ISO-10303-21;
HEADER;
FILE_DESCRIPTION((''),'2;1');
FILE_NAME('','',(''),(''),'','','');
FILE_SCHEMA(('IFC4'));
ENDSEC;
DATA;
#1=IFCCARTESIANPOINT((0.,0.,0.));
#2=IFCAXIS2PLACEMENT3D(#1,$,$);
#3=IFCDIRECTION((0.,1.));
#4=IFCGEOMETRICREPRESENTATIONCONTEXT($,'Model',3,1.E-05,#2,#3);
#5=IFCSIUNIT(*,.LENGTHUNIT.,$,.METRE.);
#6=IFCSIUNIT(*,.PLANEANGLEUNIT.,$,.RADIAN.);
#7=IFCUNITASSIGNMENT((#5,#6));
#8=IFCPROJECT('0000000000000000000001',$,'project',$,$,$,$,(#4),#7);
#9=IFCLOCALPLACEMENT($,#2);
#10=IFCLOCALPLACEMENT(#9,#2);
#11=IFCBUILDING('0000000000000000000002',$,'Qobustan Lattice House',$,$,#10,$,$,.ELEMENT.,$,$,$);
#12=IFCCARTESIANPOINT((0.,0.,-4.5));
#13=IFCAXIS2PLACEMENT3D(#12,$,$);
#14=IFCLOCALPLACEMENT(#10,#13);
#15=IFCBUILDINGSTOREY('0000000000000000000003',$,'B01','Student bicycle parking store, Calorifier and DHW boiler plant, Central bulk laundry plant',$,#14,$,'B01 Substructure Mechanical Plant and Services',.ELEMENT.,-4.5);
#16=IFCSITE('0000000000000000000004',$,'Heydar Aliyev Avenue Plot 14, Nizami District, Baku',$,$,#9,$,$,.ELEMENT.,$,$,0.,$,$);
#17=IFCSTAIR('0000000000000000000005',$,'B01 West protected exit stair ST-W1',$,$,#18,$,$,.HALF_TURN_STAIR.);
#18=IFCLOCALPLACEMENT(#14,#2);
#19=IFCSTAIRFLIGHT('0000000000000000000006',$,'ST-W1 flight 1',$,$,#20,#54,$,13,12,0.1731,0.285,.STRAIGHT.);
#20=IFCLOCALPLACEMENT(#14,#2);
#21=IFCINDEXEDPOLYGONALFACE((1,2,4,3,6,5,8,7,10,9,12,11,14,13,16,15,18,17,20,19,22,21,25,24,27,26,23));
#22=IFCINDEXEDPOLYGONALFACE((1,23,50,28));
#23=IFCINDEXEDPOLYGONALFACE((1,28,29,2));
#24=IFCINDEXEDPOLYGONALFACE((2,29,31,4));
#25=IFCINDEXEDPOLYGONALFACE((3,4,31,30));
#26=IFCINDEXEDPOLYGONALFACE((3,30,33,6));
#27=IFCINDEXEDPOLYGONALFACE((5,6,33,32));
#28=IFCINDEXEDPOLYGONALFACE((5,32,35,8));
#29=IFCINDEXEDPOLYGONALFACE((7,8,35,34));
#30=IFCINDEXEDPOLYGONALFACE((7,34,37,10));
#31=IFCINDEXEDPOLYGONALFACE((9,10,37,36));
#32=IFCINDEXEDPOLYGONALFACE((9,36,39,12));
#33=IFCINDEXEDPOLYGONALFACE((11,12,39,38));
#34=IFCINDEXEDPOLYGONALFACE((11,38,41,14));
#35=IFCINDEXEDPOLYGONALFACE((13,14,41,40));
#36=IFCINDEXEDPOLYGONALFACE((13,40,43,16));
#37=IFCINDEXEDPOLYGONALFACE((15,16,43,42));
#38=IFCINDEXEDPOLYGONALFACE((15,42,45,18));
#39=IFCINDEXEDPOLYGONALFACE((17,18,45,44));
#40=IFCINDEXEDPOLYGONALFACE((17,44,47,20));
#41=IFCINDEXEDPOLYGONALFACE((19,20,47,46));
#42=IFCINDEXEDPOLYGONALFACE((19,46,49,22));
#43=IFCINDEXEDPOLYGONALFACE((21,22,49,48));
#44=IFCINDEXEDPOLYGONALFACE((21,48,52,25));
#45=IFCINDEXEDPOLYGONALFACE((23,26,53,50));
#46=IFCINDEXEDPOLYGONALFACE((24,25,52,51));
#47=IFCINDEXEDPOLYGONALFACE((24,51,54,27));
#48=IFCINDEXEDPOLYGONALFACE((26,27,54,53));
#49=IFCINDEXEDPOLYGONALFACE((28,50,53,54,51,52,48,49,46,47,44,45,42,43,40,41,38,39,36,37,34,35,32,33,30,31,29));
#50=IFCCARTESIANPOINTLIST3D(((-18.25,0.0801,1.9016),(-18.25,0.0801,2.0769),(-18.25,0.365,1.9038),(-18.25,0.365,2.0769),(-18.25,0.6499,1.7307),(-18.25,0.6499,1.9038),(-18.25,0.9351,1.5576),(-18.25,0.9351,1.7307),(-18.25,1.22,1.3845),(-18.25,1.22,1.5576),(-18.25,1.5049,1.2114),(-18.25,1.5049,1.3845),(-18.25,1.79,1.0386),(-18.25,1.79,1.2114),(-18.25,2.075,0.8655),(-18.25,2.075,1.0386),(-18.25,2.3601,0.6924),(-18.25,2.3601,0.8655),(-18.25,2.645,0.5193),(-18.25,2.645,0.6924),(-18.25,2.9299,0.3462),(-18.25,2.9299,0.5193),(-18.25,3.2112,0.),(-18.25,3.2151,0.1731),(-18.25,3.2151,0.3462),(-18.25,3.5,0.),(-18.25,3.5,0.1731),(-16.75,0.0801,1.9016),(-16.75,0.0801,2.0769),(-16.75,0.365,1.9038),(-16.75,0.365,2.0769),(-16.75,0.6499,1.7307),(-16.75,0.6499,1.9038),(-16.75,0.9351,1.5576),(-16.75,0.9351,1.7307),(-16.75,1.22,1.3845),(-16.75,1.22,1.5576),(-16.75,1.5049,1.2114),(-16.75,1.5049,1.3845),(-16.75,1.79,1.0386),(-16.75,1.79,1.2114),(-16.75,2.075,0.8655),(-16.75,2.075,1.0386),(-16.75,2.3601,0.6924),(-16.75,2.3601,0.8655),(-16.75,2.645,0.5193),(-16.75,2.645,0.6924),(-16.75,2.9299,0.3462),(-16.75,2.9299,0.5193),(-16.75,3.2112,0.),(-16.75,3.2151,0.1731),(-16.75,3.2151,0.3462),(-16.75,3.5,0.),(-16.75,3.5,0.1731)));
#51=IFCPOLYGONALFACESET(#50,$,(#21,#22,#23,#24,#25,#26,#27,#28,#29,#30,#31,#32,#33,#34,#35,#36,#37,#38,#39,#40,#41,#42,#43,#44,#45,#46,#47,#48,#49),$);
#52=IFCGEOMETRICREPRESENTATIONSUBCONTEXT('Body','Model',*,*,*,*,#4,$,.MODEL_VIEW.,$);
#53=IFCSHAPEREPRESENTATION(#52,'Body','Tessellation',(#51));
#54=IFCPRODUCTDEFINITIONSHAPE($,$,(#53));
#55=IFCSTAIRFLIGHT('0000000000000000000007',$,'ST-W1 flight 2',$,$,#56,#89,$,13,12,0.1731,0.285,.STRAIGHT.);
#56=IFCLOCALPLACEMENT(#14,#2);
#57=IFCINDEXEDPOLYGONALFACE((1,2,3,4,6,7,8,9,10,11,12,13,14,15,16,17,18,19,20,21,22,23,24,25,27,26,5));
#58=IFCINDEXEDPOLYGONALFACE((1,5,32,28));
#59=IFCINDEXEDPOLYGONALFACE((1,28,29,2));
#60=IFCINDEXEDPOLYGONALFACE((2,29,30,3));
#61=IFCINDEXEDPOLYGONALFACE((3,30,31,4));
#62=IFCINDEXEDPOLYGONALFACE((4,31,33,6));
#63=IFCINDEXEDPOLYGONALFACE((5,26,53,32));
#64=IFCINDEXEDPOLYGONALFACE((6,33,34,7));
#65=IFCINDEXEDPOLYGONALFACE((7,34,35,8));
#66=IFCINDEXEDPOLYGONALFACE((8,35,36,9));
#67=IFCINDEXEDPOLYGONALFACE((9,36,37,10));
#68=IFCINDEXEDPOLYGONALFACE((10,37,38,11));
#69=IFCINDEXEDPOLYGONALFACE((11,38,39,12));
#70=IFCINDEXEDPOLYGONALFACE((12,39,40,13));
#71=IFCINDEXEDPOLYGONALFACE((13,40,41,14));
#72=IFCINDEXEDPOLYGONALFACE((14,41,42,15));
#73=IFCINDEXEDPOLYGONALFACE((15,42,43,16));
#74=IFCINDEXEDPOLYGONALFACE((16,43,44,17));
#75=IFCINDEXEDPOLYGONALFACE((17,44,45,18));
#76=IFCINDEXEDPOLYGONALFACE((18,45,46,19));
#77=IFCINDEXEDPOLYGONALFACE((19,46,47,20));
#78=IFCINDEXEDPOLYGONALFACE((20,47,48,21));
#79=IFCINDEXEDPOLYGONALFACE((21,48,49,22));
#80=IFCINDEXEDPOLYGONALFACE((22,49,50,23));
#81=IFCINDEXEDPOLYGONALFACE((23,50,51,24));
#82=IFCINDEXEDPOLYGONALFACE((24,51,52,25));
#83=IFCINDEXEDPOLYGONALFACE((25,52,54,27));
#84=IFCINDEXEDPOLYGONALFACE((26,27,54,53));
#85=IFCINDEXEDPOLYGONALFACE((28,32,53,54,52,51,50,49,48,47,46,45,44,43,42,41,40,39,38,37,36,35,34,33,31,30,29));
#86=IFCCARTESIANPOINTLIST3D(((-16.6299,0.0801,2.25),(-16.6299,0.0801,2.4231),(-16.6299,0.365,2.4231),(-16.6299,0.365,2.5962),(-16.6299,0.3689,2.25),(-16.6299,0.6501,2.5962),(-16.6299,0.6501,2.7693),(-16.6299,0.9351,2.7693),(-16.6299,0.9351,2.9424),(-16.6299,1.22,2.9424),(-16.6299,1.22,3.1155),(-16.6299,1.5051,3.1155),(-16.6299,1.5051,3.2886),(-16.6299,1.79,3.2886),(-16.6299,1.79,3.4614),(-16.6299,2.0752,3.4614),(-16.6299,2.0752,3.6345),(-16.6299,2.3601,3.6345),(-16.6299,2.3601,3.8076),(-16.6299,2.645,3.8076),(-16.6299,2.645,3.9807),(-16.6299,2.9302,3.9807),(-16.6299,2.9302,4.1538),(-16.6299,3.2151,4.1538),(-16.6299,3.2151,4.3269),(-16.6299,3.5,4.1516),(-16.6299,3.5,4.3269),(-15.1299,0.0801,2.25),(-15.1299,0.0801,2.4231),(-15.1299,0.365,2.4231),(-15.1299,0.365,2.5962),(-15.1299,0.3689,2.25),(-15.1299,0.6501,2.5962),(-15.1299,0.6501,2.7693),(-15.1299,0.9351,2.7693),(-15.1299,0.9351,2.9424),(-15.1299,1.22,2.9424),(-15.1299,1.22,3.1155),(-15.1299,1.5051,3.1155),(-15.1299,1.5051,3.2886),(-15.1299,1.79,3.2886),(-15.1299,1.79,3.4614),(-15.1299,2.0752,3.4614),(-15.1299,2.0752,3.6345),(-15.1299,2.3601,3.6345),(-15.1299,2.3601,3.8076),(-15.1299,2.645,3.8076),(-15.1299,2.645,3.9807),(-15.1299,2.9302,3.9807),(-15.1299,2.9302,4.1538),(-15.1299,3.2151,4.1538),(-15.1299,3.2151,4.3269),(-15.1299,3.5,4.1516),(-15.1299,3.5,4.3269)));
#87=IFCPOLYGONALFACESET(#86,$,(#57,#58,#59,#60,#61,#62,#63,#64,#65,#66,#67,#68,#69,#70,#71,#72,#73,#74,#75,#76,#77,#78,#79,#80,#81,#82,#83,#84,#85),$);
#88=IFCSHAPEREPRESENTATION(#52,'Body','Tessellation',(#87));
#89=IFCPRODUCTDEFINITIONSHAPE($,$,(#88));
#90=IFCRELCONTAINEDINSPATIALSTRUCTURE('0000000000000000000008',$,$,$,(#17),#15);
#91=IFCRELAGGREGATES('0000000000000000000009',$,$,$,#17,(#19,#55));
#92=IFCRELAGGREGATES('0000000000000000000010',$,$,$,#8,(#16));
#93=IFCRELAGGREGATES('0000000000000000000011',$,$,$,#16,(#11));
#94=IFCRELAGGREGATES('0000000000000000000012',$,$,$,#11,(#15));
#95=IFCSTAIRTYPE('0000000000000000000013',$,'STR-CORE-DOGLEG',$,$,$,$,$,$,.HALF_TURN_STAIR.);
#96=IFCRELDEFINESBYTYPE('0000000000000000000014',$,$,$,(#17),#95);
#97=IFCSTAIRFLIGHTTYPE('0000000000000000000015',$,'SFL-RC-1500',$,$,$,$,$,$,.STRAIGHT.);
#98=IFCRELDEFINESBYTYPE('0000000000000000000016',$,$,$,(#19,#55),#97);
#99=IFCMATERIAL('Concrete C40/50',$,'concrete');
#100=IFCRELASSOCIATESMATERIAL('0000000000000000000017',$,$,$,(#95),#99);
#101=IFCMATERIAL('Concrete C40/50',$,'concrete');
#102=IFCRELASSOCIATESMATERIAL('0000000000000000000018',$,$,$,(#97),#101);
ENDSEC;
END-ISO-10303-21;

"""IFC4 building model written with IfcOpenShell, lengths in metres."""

from ifc_helpers import new_model, si_unit, direction, frame, origin, place, context, subcontext, project, spatial, polyline, outline, extrude, material, type_object, element, aggregate, save


model = new_model("IFC4")

# Units and contexts
model_context = context("Model", 3, precision=1e-05, world=origin(), true_north=direction((0.0, 1.0)))
body_context = subcontext(model_context, "Body", "Model", "MODEL_VIEW")
ifc_project = project(units=[si_unit("LENGTHUNIT", "METRE"), si_unit("PLANEANGLEUNIT", "RADIAN")], contexts=[model_context])

# Site, building, storey
site_placement = place(None, origin())
site = spatial("IfcSite", under=ifc_project, at=site_placement, Name="Heydar Aliyev Avenue Plot 14, Nizami District, Baku", CompositionType="ELEMENT", RefElevation=0.0)
building_placement = place(site_placement, origin())
building = spatial("IfcBuilding", under=site, at=building_placement, Name="Qobustan Lattice House", CompositionType="ELEMENT")
storey_placement = place(building_placement, frame((0.0, 0.0, -4.5)))
storey = spatial("IfcBuildingStorey", under=building, at=storey_placement, Name="B01", Description="Student bicycle parking store, Calorifier and DHW boiler plant, Central bulk laundry plant", LongName="B01 Substructure Mechanical Plant and Services", CompositionType="ELEMENT", Elevation=-4.5)

# Stair, stair flights
ifc_material_1 = material(Name="Concrete C40/50", Category="concrete")
stair_type = type_object("IfcStairType", Name="STR-CORE-DOGLEG", PredefinedType="HALF_TURN_STAIR", material=ifc_material_1)
stair_placement = place(storey_placement, origin())
stair = element("IfcStair", 1, at=stair_placement, inside=storey, type_object=stair_type, Name="B01 West protected exit stair ST-W1", PredefinedType="HALF_TURN_STAIR")
ifc_material_2 = material(Name="Concrete C40/50", Category="concrete")
stair_flight_type = type_object("IfcStairFlightType", Name="SFL-RC-1500", PredefinedType="STRAIGHT", material=ifc_material_2)
stair_flight_1_placement = place(storey_placement, frame((-17.5, 3.5, 0.0), z_axis=(0.0, 0.0, 1.0), x_axis=(0.0, -1.0, 0.0)))
stair_flight_1 = element("IfcStairFlight", 2, at=stair_flight_1_placement, type_object=stair_flight_type, Name="ST-W1 flight 1", NumberOfRisers=13, NumberOfTreads=12, PredefinedType="STRAIGHT", RiserHeight=0.1731, TreadLength=0.285, context=body_context, shape_type="SweptSolid", body=[
    extrude(outline(polyline([(0.0, 0.0), (0.0, 0.1731), (0.2849, 0.1731), (0.2849, 0.3462), (0.5701, 0.3462), (0.5701, 0.5193), (0.855, 0.5193), (0.855, 0.6924), (1.1399, 0.6924), (1.1399, 0.8655), (1.425, 0.8655), (1.425, 1.0386), (1.71, 1.0386), (1.71, 1.2114), (1.9951, 1.2114), (1.9951, 1.3845), (2.28, 1.3845), (2.28, 1.5576), (2.5649, 1.5576), (2.5649, 1.7307), (2.8501, 1.7307), (2.8501, 1.9038), (3.135, 1.9038), (3.135, 2.0769), (3.4199, 2.0769), (3.4199, 2.25), (3.4199, 1.9016), (0.2888, 0.0), (0.0, 0.0)])), frame((0.0, 0.75, 0.0), z_axis=(0.0, -1.0, 0.0), x_axis=(1.0, 0.0, 0.0)), (0.0, 0.0, 1.0), 1.5),
])
stair_flight_2_placement = place(storey_placement, frame((-15.8799, 0.0801, 2.25), z_axis=(0.0, 0.0, 1.0), x_axis=(0.0, 1.0, 0.0)))
stair_flight_2 = element("IfcStairFlight", 3, at=stair_flight_2_placement, type_object=stair_flight_type, Name="ST-W1 flight 2", NumberOfRisers=13, NumberOfTreads=12, PredefinedType="STRAIGHT", RiserHeight=0.1731, TreadLength=0.285, context=body_context, shape_type="SweptSolid", body=[
    extrude(outline(polyline([(0.0, 0.0), (0.0, 0.1731), (0.2849, 0.1731), (0.2849, 0.3462), (0.5701, 0.3462), (0.5701, 0.5193), (0.855, 0.5193), (0.855, 0.6924), (1.1399, 0.6924), (1.1399, 0.8655), (1.425, 0.8655), (1.425, 1.0386), (1.71, 1.0386), (1.71, 1.2114), (1.9951, 1.2114), (1.9951, 1.3845), (2.28, 1.3845), (2.28, 1.5576), (2.5649, 1.5576), (2.5649, 1.7307), (2.8501, 1.7307), (2.8501, 1.9038), (3.135, 1.9038), (3.135, 2.0769), (3.4199, 2.0769), (3.4199, 2.25), (3.4199, 1.9016), (0.2888, 0.0), (0.0, 0.0)])), frame((0.0, 0.75, 0.0), z_axis=(0.0, -1.0, 0.0), x_axis=(1.0, 0.0, 0.0)), (0.0, 0.0, 1.0), 1.5),
])
aggregate(stair, [stair_flight_1, stair_flight_2])

save(model, "model.ifc")
